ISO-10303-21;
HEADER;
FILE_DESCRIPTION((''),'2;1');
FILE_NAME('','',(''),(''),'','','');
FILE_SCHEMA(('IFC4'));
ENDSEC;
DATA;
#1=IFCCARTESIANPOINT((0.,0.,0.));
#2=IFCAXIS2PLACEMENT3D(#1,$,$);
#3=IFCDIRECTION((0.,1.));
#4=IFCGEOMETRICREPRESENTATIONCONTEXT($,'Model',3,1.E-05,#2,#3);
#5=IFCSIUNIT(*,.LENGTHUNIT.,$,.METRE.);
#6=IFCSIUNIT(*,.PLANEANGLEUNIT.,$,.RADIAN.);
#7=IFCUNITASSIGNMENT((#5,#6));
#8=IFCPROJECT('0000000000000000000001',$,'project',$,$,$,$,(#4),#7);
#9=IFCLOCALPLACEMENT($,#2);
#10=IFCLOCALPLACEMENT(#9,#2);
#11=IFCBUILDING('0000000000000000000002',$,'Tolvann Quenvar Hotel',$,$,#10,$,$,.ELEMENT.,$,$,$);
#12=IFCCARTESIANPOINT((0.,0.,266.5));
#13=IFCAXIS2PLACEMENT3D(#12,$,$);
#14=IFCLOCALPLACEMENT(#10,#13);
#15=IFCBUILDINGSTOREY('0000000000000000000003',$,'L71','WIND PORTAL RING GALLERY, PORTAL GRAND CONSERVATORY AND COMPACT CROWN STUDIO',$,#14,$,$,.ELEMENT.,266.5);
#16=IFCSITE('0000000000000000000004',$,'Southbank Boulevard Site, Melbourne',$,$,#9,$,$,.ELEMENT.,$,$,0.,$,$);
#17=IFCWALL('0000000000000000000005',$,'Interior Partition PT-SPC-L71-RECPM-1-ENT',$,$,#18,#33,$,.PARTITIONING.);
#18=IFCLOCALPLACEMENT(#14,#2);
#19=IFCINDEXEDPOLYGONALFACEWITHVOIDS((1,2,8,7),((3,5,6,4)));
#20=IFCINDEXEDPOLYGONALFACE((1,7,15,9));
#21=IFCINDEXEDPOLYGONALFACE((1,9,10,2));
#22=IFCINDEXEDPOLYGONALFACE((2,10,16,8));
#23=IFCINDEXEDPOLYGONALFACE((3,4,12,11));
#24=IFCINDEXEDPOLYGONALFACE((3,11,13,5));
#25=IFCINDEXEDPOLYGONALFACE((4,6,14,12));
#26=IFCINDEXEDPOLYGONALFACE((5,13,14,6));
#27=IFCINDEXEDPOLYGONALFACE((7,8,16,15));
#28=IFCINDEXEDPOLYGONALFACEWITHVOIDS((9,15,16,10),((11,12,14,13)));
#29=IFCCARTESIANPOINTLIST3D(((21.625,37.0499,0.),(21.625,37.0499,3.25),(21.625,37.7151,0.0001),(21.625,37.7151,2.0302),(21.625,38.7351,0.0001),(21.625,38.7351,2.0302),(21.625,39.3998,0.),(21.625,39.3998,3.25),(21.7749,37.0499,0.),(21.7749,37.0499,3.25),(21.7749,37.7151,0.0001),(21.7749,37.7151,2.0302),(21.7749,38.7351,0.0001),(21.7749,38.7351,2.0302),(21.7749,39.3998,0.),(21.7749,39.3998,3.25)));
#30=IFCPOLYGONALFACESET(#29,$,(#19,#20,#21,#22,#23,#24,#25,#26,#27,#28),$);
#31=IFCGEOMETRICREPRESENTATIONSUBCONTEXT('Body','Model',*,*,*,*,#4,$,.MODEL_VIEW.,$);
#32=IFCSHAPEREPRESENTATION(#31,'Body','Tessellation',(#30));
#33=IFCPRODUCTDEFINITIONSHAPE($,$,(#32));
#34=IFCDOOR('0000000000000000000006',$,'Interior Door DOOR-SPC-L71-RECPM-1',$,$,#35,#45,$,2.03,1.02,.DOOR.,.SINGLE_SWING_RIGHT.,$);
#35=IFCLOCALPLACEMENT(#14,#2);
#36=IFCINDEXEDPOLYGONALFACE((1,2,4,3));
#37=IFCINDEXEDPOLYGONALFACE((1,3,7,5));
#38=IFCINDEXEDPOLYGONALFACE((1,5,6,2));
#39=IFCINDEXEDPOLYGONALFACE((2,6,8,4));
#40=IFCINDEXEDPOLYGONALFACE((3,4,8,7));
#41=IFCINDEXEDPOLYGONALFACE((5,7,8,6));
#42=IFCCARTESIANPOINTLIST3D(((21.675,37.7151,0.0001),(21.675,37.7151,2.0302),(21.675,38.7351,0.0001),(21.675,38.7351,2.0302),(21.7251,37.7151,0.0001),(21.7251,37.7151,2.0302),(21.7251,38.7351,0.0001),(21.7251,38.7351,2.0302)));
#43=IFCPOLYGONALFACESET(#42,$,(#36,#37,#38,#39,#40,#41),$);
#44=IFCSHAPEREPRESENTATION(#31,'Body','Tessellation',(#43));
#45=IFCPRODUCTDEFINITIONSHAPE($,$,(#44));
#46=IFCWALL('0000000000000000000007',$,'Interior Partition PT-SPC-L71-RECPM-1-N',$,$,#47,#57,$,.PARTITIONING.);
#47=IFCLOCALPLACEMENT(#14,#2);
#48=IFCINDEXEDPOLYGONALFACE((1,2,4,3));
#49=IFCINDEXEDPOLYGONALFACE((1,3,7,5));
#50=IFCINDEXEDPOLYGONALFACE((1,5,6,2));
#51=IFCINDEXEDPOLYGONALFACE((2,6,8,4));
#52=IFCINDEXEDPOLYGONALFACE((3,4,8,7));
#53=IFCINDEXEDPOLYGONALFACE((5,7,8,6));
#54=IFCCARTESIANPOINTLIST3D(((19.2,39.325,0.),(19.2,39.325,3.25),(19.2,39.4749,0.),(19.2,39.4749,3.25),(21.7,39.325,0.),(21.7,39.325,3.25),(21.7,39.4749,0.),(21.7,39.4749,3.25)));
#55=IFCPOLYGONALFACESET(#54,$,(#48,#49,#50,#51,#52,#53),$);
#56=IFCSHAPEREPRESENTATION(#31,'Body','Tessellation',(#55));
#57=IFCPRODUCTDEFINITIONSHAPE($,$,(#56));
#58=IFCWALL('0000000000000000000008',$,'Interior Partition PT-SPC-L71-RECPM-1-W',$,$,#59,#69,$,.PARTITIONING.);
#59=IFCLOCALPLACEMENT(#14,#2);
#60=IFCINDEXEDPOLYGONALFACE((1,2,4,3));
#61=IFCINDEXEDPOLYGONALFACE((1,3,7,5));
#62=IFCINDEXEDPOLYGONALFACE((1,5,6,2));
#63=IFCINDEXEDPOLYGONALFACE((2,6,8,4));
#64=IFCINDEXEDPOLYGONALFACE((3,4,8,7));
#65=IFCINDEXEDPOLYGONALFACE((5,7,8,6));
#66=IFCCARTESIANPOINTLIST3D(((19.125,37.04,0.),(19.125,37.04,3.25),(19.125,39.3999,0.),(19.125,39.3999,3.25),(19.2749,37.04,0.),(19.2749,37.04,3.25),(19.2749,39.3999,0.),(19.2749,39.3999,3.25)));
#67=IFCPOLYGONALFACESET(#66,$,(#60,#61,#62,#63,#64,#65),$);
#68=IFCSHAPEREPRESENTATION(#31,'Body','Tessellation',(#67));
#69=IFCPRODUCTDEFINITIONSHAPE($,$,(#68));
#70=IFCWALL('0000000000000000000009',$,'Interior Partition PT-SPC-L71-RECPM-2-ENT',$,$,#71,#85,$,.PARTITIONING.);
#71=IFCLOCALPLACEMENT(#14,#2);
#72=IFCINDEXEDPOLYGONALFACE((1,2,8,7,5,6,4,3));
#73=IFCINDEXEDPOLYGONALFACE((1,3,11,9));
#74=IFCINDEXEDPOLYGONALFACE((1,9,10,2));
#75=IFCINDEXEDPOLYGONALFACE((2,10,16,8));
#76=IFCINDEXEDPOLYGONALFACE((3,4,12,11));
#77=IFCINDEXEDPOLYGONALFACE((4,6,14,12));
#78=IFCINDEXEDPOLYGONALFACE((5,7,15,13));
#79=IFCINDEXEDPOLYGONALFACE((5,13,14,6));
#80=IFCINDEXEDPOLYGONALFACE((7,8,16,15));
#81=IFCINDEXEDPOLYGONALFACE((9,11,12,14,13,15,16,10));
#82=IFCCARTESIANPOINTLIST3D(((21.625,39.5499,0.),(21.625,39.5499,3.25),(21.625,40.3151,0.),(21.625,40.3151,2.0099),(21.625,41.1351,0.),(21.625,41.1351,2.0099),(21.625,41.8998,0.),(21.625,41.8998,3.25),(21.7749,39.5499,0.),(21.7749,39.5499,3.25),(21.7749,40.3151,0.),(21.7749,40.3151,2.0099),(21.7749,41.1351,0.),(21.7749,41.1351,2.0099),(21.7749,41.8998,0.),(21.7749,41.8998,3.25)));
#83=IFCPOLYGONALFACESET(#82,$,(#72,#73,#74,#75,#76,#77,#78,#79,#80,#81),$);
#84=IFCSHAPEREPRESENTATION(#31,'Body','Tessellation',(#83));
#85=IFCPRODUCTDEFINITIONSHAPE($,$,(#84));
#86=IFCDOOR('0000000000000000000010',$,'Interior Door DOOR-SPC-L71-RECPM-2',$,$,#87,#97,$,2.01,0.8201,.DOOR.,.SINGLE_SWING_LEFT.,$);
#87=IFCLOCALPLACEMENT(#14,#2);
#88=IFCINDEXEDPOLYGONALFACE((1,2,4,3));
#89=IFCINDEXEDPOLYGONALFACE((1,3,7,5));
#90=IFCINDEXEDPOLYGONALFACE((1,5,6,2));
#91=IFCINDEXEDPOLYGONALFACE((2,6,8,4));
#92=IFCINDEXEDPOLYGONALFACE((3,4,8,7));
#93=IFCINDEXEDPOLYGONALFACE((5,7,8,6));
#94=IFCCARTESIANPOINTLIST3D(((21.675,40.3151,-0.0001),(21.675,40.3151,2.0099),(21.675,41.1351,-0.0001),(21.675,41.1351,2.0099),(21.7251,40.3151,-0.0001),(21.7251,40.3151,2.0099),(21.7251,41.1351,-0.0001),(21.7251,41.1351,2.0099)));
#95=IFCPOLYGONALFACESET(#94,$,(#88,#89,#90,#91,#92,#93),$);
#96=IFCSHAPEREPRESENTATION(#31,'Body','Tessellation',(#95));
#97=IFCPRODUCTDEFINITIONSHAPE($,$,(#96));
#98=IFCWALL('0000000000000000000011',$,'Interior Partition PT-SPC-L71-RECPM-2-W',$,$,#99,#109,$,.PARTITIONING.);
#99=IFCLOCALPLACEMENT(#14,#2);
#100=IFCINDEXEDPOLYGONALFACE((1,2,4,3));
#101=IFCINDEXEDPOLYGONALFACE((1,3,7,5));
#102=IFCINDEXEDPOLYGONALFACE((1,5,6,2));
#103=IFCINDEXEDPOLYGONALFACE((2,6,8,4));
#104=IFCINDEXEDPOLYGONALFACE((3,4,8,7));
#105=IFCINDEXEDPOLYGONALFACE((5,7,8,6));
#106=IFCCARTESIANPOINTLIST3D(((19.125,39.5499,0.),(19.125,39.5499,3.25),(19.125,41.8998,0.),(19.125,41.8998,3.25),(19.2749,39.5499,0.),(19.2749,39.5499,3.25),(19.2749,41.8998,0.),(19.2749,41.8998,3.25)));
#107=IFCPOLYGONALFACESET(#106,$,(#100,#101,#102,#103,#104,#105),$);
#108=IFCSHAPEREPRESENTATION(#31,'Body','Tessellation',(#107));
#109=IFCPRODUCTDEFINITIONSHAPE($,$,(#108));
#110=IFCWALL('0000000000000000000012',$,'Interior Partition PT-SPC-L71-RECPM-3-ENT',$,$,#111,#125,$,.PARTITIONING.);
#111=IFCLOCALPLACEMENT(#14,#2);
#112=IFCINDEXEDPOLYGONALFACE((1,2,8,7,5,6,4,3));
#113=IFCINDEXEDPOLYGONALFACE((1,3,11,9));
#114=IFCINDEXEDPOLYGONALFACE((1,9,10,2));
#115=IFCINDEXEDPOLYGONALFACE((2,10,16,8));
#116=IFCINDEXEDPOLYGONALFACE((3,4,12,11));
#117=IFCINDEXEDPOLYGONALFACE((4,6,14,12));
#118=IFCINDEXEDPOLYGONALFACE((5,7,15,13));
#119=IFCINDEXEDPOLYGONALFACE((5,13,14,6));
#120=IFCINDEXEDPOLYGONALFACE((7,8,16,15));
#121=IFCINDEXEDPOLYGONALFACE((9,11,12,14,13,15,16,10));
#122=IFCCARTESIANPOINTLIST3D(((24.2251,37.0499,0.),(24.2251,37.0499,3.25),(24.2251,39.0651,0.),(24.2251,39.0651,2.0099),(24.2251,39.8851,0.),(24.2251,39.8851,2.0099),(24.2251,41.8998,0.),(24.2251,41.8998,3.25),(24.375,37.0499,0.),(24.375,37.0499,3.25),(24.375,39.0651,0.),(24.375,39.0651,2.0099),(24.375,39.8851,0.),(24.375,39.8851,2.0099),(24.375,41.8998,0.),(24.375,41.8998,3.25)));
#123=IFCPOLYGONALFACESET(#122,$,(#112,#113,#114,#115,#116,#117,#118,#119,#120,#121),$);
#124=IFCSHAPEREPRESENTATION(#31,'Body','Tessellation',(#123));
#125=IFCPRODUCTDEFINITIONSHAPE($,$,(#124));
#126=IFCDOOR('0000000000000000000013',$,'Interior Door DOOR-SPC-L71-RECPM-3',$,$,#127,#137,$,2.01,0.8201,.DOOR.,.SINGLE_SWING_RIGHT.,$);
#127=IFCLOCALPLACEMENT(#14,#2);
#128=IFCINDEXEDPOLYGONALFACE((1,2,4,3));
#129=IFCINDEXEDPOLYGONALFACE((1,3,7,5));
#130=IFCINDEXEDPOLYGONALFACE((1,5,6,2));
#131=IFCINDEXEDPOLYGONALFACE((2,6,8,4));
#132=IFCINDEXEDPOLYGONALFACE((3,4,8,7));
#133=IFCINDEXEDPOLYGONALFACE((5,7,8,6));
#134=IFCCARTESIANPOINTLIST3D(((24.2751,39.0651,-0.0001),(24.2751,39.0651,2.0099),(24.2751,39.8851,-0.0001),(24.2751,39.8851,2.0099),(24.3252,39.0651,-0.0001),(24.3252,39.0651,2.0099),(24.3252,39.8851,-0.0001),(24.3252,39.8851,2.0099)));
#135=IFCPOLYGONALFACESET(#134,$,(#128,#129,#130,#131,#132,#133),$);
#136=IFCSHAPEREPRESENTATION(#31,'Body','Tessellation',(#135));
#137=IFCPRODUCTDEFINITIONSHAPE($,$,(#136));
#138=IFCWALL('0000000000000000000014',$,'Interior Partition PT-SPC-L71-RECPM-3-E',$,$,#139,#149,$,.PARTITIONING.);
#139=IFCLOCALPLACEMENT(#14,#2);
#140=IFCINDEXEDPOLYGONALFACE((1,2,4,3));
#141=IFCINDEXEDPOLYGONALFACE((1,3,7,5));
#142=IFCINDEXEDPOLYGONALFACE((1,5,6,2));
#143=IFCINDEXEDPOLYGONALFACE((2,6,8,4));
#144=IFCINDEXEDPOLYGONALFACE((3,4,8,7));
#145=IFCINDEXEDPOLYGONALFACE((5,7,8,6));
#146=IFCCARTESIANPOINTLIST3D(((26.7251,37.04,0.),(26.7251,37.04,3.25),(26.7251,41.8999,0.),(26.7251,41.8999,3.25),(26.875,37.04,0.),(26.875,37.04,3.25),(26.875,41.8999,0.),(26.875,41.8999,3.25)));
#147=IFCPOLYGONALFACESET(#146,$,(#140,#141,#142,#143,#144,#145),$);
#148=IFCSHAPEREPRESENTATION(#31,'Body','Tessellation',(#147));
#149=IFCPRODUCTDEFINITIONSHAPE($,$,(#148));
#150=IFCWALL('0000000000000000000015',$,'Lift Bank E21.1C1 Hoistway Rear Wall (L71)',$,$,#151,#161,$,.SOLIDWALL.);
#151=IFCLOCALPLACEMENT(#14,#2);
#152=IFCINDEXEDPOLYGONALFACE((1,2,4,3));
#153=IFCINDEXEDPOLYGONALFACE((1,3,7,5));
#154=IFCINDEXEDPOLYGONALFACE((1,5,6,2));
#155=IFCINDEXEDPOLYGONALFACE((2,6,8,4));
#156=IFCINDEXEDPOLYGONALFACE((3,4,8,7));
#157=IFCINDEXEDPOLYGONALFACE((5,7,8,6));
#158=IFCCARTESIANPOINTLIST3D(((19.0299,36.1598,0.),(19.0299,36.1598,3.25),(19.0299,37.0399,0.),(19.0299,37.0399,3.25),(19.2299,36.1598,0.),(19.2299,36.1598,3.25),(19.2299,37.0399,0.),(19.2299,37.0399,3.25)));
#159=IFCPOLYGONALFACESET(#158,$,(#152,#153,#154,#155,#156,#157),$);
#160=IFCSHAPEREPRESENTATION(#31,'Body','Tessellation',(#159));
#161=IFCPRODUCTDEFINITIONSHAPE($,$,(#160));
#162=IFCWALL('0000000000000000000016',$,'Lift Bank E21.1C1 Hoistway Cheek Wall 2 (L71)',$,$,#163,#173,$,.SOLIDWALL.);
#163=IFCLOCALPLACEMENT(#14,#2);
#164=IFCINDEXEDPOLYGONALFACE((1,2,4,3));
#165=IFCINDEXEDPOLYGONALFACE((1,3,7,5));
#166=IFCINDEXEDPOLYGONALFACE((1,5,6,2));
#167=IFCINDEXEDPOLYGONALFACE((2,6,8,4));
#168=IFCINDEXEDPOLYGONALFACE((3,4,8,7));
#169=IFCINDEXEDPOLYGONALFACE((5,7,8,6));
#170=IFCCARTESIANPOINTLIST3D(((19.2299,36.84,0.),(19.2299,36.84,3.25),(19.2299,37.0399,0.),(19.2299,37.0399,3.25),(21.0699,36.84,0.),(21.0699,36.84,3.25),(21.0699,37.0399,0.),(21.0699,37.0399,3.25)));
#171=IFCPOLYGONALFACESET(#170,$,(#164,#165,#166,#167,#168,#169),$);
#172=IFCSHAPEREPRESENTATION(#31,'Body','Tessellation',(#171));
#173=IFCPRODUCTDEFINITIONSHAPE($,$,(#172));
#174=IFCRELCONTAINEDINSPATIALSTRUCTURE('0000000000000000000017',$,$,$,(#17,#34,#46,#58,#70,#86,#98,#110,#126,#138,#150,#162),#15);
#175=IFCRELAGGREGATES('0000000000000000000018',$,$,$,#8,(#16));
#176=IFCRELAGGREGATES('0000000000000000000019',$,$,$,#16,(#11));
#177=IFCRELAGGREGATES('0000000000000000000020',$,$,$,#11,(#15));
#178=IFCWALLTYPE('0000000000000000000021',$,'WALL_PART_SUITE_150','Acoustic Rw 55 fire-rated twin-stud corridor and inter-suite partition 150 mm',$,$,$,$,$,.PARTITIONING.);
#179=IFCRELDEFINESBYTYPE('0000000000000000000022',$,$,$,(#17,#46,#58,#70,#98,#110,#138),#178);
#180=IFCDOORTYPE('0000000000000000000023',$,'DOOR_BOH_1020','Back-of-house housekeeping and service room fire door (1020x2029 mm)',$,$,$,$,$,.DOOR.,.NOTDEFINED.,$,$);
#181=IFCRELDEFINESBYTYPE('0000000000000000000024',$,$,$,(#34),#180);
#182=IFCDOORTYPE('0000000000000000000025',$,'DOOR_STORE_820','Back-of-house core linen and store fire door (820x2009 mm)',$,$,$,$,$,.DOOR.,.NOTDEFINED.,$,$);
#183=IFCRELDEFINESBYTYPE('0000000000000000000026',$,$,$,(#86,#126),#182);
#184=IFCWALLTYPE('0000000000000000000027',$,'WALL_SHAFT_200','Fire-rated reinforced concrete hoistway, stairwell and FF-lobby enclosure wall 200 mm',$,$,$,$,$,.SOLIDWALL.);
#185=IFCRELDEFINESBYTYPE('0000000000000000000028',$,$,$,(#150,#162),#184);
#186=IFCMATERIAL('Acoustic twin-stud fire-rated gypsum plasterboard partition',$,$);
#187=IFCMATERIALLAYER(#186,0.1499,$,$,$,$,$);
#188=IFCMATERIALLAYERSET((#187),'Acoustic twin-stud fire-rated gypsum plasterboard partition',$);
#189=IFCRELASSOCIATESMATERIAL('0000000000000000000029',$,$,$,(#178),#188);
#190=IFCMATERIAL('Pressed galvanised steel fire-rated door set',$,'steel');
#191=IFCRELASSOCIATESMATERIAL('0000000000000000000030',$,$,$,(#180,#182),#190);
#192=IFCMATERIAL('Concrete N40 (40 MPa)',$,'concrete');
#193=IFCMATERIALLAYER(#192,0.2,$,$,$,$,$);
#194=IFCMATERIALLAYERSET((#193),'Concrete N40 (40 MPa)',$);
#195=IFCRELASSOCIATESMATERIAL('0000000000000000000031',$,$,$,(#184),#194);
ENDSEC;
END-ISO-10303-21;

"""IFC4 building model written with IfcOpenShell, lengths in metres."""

from ifc_helpers import new_model, si_unit, direction, frame, frame_2d, origin, place, context, subcontext, project, spatial, rectangle, extrude, source, transform, mapped, material, layer, layer_set, type_object, type_shapes, element, fill, save


model = new_model("IFC4")

# Units and contexts
model_context = context("Model", 3, precision=1e-05, world=origin(), true_north=direction((0.0, 1.0)))
body_context = subcontext(model_context, "Body", "Model", "MODEL_VIEW")
ifc_project = project(units=[si_unit("LENGTHUNIT", "METRE"), si_unit("PLANEANGLEUNIT", "RADIAN")], contexts=[model_context])

# Site, building, storey
site_placement = place(None, origin())
site = spatial("IfcSite", under=ifc_project, at=site_placement, Name="Southbank Boulevard Site, Melbourne", CompositionType="ELEMENT", RefElevation=0.0)
building_placement = place(site_placement, origin())
building = spatial("IfcBuilding", under=site, at=building_placement, Name="Tolvann Quenvar Hotel", CompositionType="ELEMENT")
storey_placement = place(building_placement, frame((0.0, 0.0, 266.5)))
storey = spatial("IfcBuildingStorey", under=building, at=storey_placement, Name="L71", Description="WIND PORTAL RING GALLERY, PORTAL GRAND CONSERVATORY AND COMPACT CROWN STUDIO", CompositionType="ELEMENT", Elevation=266.5)

# Wall, opening, door
ifc_material_1 = material(Name="Acoustic twin-stud fire-rated gypsum plasterboard partition")
ifc_layer_1 = layer(ifc_material_1, 0.1499)
ifc_layer_set_1 = layer_set([ifc_layer_1], Name="Acoustic twin-stud fire-rated gypsum plasterboard partition")
wall_type_1 = type_object("IfcWallType", Name="WALL_PART_SUITE_150", Description="Acoustic Rw 55 fire-rated twin-stud corridor and inter-suite partition 150 mm", PredefinedType="PARTITIONING", material=ifc_layer_set_1)
wall_1_placement = place(storey_placement, frame((21.7, 37.05, 0.0), z_axis=(0.0, 0.0, 1.0), x_axis=(0.0, 1.0, 0.0)))
wall_1 = element("IfcWall", 1, at=wall_1_placement, inside=storey, type_object=wall_type_1, Name="Interior Partition PT-SPC-L71-RECPM-1-ENT", PredefinedType="PARTITIONING", context=body_context, shape_type="SweptSolid", body=[
    extrude(rectangle(XDim=2.3499, YDim=0.1499, at=frame_2d((1.1748, 0.0))), origin(), (0.0, 0.0, 1.0), 3.25),
])
opening_1_placement = place(wall_1_placement, frame((0.665, 0.0, 0.0)))
opening_1 = element("IfcOpeningElement", 2, at=opening_1_placement, cuts=wall_1, PredefinedType="OPENING", context=body_context, shape_type="SweptSolid", body=[
    extrude(rectangle(XDim=1.02, YDim=2.03, at=frame_2d((0.51, 1.0151))), frame((0.0, 0.085, 0.0), z_axis=(0.0, -1.0, 0.0), x_axis=(1.0, 0.0, 0.0)), (0.0, 0.0, 1.0), 0.1699),
])
ifc_material_2 = material(Name="Pressed galvanised steel fire-rated door set", Category="steel")
door_type_1 = type_object("IfcDoorType", Name="DOOR_BOH_1020", Description="Back-of-house housekeeping and service room fire door (1020x2029 mm)", OperationType="NOTDEFINED", PredefinedType="DOOR", material=ifc_material_2)
shared_shape_1 = source(origin(), body_context, "Body", "SweptSolid", [
    extrude(rectangle(XDim=1.02, YDim=2.03, at=frame_2d((0.51, 1.0151))), frame((0.0, 0.0249, 0.0), z_axis=(0.0, -1.0, 0.0), x_axis=(1.0, 0.0, 0.0)), (0.0, 0.0, 1.0), 0.05),
])
type_shapes(door_type_1, [shared_shape_1])
door_1_placement = place(opening_1_placement, origin())
door_1 = element("IfcDoor", 3, at=door_1_placement, inside=storey, type_object=door_type_1, Name="Interior Door DOOR-SPC-L71-RECPM-1", OperationType="SINGLE_SWING_RIGHT", OverallHeight=2.03, OverallWidth=1.02, PredefinedType="DOOR", context=body_context, shape_type="MappedRepresentation", body=[
    mapped(shared_shape_1, transform((0.0, 0.0, 0.0), x_axis=(1.0, 0.0, 0.0), y_axis=(0.0, 1.0, 0.0), z_axis=(0.0, 0.0, 1.0), scale=1.0)),
])
fill(opening_1, door_1)

# Walls
wall_2_placement = place(storey_placement, frame((19.2, 39.3999, 0.0), z_axis=(0.0, 0.0, 1.0), x_axis=(1.0, 0.0, 0.0)))
element("IfcWall", 4, at=wall_2_placement, inside=storey, type_object=wall_type_1, Name="Interior Partition PT-SPC-L71-RECPM-1-N", PredefinedType="PARTITIONING", context=body_context, shape_type="SweptSolid", body=[
    extrude(rectangle(XDim=2.5, YDim=0.1499, at=frame_2d((1.25, 0.0))), origin(), (0.0, 0.0, 1.0), 3.25),
])
wall_3_placement = place(storey_placement, frame((19.2, 37.04, 0.0), z_axis=(0.0, 0.0, 1.0), x_axis=(0.0, 1.0, 0.0)))
element("IfcWall", 5, at=wall_3_placement, inside=storey, type_object=wall_type_1, Name="Interior Partition PT-SPC-L71-RECPM-1-W", PredefinedType="PARTITIONING", context=body_context, shape_type="SweptSolid", body=[
    extrude(rectangle(XDim=2.3599, YDim=0.1499, at=frame_2d((1.1799, 0.0))), origin(), (0.0, 0.0, 1.0), 3.25),
])

# Wall, opening, door
wall_4_placement = place(storey_placement, frame((21.7, 39.55, 0.0), z_axis=(0.0, 0.0, 1.0), x_axis=(0.0, 1.0, 0.0)))
wall_4 = element("IfcWall", 6, at=wall_4_placement, inside=storey, type_object=wall_type_1, Name="Interior Partition PT-SPC-L71-RECPM-2-ENT", PredefinedType="PARTITIONING", context=body_context, shape_type="SweptSolid", body=[
    extrude(rectangle(XDim=2.3499, YDim=0.1499, at=frame_2d((1.1748, 0.0))), origin(), (0.0, 0.0, 1.0), 3.25),
])
opening_2_placement = place(wall_4_placement, frame((0.7649, 0.0, 0.0)))
opening_2 = element("IfcOpeningElement", 7, at=opening_2_placement, cuts=wall_4, PredefinedType="OPENING", context=body_context, shape_type="SweptSolid", body=[
    extrude(rectangle(XDim=0.8201, YDim=2.01, at=frame_2d((0.4102, 1.0049))), frame((0.0, 0.085, 0.0), z_axis=(0.0, -1.0, 0.0), x_axis=(1.0, 0.0, 0.0)), (0.0, 0.0, 1.0), 0.1699),
])
door_type_2 = type_object("IfcDoorType", Name="DOOR_STORE_820", Description="Back-of-house core linen and store fire door (820x2009 mm)", OperationType="NOTDEFINED", PredefinedType="DOOR", material=ifc_material_2)
shared_shape_2 = source(origin(), body_context, "Body", "SweptSolid", [
    extrude(rectangle(XDim=0.8201, YDim=2.01, at=frame_2d((0.4102, 1.0049))), frame((0.0, 0.0249, 0.0), z_axis=(0.0, -1.0, 0.0), x_axis=(1.0, 0.0, 0.0)), (0.0, 0.0, 1.0), 0.05),
])
type_shapes(door_type_2, [shared_shape_2])
door_2_placement = place(opening_2_placement, origin())
door_2 = element("IfcDoor", 8, at=door_2_placement, inside=storey, type_object=door_type_2, Name="Interior Door DOOR-SPC-L71-RECPM-2", OperationType="SINGLE_SWING_LEFT", OverallHeight=2.01, OverallWidth=0.8201, PredefinedType="DOOR", context=body_context, shape_type="MappedRepresentation", body=[
    mapped(shared_shape_2, transform((0.0, 0.0, 0.0), x_axis=(1.0, 0.0, 0.0), y_axis=(0.0, 1.0, 0.0), z_axis=(0.0, 0.0, 1.0), scale=1.0)),
])
fill(opening_2, door_2)

# Wall
wall_5_placement = place(storey_placement, frame((19.2, 39.55, 0.0), z_axis=(0.0, 0.0, 1.0), x_axis=(0.0, 1.0, 0.0)))
element("IfcWall", 9, at=wall_5_placement, inside=storey, type_object=wall_type_1, Name="Interior Partition PT-SPC-L71-RECPM-2-W", PredefinedType="PARTITIONING", context=body_context, shape_type="SweptSolid", body=[
    extrude(rectangle(XDim=2.3499, YDim=0.1499, at=frame_2d((1.1748, 0.0))), origin(), (0.0, 0.0, 1.0), 3.25),
])

# Wall, opening, door
wall_6_placement = place(storey_placement, frame((24.3, 37.05, 0.0), z_axis=(0.0, 0.0, 1.0), x_axis=(0.0, 1.0, 0.0)))
wall_6 = element("IfcWall", 10, at=wall_6_placement, inside=storey, type_object=wall_type_1, Name="Interior Partition PT-SPC-L71-RECPM-3-ENT", PredefinedType="PARTITIONING", context=body_context, shape_type="SweptSolid", body=[
    extrude(rectangle(XDim=4.8499, YDim=0.1499, at=frame_2d((2.4248, 0.0))), origin(), (0.0, 0.0, 1.0), 3.25),
])
opening_3_placement = place(wall_6_placement, frame((2.0149, 0.0, 0.0)))
opening_3 = element("IfcOpeningElement", 11, at=opening_3_placement, cuts=wall_6, PredefinedType="OPENING", context=body_context, shape_type="SweptSolid", body=[
    extrude(rectangle(XDim=0.8201, YDim=2.01, at=frame_2d((0.4102, 1.0049))), frame((0.0, 0.085, 0.0), z_axis=(0.0, -1.0, 0.0), x_axis=(1.0, 0.0, 0.0)), (0.0, 0.0, 1.0), 0.1699),
])
door_3_placement = place(opening_3_placement, origin())
door_3 = element("IfcDoor", 12, at=door_3_placement, inside=storey, type_object=door_type_2, Name="Interior Door DOOR-SPC-L71-RECPM-3", OperationType="SINGLE_SWING_RIGHT", OverallHeight=2.01, OverallWidth=0.8201, PredefinedType="DOOR", context=body_context, shape_type="MappedRepresentation", body=[
    mapped(shared_shape_2, transform((0.0, 0.0, 0.0), x_axis=(1.0, 0.0, 0.0), y_axis=(0.0, 1.0, 0.0), z_axis=(0.0, 0.0, 1.0), scale=1.0)),
])
fill(opening_3, door_3)

# Walls
wall_7_placement = place(storey_placement, frame((26.8, 37.04, 0.0), z_axis=(0.0, 0.0, 1.0), x_axis=(0.0, 1.0, 0.0)))
element("IfcWall", 13, at=wall_7_placement, inside=storey, type_object=wall_type_1, Name="Interior Partition PT-SPC-L71-RECPM-3-E", PredefinedType="PARTITIONING", context=body_context, shape_type="SweptSolid", body=[
    extrude(rectangle(XDim=4.8599, YDim=0.1499, at=frame_2d((2.4299, 0.0))), origin(), (0.0, 0.0, 1.0), 3.25),
])
ifc_material_3 = material(Name="Concrete N40 (40 MPa)", Category="concrete")
ifc_layer_2 = layer(ifc_material_3, 0.2)
ifc_layer_set_2 = layer_set([ifc_layer_2], Name="Concrete N40 (40 MPa)")
wall_type_2 = type_object("IfcWallType", Name="WALL_SHAFT_200", Description="Fire-rated reinforced concrete hoistway, stairwell and FF-lobby enclosure wall 200 mm", PredefinedType="SOLIDWALL", material=ifc_layer_set_2)
wall_8_placement = place(storey_placement, frame((19.1299, 36.1599, 0.0), z_axis=(0.0, 0.0, 1.0), x_axis=(0.0, 1.0, 0.0)))
element("IfcWall", 14, at=wall_8_placement, inside=storey, type_object=wall_type_2, Name="Lift Bank E21.1C1 Hoistway Rear Wall (L71)", PredefinedType="SOLIDWALL", context=body_context, shape_type="SweptSolid", body=[
    extrude(rectangle(XDim=0.8801, YDim=0.2, at=frame_2d((0.4399, 0.0))), origin(), (0.0, 0.0, 1.0), 3.25),
])
wall_9_placement = place(storey_placement, frame((19.23, 36.9399, 0.0), z_axis=(0.0, 0.0, 1.0), x_axis=(1.0, 0.0, 0.0)))
element("IfcWall", 15, at=wall_9_placement, inside=storey, type_object=wall_type_2, Name="Lift Bank E21.1C1 Hoistway Cheek Wall 2 (L71)", PredefinedType="SOLIDWALL", context=body_context, shape_type="SweptSolid", body=[
    extrude(rectangle(XDim=1.8401, YDim=0.2, at=frame_2d((0.9199, 0.0))), origin(), (0.0, 0.0, 1.0), 3.25),
])

save(model, "model.ifc")
